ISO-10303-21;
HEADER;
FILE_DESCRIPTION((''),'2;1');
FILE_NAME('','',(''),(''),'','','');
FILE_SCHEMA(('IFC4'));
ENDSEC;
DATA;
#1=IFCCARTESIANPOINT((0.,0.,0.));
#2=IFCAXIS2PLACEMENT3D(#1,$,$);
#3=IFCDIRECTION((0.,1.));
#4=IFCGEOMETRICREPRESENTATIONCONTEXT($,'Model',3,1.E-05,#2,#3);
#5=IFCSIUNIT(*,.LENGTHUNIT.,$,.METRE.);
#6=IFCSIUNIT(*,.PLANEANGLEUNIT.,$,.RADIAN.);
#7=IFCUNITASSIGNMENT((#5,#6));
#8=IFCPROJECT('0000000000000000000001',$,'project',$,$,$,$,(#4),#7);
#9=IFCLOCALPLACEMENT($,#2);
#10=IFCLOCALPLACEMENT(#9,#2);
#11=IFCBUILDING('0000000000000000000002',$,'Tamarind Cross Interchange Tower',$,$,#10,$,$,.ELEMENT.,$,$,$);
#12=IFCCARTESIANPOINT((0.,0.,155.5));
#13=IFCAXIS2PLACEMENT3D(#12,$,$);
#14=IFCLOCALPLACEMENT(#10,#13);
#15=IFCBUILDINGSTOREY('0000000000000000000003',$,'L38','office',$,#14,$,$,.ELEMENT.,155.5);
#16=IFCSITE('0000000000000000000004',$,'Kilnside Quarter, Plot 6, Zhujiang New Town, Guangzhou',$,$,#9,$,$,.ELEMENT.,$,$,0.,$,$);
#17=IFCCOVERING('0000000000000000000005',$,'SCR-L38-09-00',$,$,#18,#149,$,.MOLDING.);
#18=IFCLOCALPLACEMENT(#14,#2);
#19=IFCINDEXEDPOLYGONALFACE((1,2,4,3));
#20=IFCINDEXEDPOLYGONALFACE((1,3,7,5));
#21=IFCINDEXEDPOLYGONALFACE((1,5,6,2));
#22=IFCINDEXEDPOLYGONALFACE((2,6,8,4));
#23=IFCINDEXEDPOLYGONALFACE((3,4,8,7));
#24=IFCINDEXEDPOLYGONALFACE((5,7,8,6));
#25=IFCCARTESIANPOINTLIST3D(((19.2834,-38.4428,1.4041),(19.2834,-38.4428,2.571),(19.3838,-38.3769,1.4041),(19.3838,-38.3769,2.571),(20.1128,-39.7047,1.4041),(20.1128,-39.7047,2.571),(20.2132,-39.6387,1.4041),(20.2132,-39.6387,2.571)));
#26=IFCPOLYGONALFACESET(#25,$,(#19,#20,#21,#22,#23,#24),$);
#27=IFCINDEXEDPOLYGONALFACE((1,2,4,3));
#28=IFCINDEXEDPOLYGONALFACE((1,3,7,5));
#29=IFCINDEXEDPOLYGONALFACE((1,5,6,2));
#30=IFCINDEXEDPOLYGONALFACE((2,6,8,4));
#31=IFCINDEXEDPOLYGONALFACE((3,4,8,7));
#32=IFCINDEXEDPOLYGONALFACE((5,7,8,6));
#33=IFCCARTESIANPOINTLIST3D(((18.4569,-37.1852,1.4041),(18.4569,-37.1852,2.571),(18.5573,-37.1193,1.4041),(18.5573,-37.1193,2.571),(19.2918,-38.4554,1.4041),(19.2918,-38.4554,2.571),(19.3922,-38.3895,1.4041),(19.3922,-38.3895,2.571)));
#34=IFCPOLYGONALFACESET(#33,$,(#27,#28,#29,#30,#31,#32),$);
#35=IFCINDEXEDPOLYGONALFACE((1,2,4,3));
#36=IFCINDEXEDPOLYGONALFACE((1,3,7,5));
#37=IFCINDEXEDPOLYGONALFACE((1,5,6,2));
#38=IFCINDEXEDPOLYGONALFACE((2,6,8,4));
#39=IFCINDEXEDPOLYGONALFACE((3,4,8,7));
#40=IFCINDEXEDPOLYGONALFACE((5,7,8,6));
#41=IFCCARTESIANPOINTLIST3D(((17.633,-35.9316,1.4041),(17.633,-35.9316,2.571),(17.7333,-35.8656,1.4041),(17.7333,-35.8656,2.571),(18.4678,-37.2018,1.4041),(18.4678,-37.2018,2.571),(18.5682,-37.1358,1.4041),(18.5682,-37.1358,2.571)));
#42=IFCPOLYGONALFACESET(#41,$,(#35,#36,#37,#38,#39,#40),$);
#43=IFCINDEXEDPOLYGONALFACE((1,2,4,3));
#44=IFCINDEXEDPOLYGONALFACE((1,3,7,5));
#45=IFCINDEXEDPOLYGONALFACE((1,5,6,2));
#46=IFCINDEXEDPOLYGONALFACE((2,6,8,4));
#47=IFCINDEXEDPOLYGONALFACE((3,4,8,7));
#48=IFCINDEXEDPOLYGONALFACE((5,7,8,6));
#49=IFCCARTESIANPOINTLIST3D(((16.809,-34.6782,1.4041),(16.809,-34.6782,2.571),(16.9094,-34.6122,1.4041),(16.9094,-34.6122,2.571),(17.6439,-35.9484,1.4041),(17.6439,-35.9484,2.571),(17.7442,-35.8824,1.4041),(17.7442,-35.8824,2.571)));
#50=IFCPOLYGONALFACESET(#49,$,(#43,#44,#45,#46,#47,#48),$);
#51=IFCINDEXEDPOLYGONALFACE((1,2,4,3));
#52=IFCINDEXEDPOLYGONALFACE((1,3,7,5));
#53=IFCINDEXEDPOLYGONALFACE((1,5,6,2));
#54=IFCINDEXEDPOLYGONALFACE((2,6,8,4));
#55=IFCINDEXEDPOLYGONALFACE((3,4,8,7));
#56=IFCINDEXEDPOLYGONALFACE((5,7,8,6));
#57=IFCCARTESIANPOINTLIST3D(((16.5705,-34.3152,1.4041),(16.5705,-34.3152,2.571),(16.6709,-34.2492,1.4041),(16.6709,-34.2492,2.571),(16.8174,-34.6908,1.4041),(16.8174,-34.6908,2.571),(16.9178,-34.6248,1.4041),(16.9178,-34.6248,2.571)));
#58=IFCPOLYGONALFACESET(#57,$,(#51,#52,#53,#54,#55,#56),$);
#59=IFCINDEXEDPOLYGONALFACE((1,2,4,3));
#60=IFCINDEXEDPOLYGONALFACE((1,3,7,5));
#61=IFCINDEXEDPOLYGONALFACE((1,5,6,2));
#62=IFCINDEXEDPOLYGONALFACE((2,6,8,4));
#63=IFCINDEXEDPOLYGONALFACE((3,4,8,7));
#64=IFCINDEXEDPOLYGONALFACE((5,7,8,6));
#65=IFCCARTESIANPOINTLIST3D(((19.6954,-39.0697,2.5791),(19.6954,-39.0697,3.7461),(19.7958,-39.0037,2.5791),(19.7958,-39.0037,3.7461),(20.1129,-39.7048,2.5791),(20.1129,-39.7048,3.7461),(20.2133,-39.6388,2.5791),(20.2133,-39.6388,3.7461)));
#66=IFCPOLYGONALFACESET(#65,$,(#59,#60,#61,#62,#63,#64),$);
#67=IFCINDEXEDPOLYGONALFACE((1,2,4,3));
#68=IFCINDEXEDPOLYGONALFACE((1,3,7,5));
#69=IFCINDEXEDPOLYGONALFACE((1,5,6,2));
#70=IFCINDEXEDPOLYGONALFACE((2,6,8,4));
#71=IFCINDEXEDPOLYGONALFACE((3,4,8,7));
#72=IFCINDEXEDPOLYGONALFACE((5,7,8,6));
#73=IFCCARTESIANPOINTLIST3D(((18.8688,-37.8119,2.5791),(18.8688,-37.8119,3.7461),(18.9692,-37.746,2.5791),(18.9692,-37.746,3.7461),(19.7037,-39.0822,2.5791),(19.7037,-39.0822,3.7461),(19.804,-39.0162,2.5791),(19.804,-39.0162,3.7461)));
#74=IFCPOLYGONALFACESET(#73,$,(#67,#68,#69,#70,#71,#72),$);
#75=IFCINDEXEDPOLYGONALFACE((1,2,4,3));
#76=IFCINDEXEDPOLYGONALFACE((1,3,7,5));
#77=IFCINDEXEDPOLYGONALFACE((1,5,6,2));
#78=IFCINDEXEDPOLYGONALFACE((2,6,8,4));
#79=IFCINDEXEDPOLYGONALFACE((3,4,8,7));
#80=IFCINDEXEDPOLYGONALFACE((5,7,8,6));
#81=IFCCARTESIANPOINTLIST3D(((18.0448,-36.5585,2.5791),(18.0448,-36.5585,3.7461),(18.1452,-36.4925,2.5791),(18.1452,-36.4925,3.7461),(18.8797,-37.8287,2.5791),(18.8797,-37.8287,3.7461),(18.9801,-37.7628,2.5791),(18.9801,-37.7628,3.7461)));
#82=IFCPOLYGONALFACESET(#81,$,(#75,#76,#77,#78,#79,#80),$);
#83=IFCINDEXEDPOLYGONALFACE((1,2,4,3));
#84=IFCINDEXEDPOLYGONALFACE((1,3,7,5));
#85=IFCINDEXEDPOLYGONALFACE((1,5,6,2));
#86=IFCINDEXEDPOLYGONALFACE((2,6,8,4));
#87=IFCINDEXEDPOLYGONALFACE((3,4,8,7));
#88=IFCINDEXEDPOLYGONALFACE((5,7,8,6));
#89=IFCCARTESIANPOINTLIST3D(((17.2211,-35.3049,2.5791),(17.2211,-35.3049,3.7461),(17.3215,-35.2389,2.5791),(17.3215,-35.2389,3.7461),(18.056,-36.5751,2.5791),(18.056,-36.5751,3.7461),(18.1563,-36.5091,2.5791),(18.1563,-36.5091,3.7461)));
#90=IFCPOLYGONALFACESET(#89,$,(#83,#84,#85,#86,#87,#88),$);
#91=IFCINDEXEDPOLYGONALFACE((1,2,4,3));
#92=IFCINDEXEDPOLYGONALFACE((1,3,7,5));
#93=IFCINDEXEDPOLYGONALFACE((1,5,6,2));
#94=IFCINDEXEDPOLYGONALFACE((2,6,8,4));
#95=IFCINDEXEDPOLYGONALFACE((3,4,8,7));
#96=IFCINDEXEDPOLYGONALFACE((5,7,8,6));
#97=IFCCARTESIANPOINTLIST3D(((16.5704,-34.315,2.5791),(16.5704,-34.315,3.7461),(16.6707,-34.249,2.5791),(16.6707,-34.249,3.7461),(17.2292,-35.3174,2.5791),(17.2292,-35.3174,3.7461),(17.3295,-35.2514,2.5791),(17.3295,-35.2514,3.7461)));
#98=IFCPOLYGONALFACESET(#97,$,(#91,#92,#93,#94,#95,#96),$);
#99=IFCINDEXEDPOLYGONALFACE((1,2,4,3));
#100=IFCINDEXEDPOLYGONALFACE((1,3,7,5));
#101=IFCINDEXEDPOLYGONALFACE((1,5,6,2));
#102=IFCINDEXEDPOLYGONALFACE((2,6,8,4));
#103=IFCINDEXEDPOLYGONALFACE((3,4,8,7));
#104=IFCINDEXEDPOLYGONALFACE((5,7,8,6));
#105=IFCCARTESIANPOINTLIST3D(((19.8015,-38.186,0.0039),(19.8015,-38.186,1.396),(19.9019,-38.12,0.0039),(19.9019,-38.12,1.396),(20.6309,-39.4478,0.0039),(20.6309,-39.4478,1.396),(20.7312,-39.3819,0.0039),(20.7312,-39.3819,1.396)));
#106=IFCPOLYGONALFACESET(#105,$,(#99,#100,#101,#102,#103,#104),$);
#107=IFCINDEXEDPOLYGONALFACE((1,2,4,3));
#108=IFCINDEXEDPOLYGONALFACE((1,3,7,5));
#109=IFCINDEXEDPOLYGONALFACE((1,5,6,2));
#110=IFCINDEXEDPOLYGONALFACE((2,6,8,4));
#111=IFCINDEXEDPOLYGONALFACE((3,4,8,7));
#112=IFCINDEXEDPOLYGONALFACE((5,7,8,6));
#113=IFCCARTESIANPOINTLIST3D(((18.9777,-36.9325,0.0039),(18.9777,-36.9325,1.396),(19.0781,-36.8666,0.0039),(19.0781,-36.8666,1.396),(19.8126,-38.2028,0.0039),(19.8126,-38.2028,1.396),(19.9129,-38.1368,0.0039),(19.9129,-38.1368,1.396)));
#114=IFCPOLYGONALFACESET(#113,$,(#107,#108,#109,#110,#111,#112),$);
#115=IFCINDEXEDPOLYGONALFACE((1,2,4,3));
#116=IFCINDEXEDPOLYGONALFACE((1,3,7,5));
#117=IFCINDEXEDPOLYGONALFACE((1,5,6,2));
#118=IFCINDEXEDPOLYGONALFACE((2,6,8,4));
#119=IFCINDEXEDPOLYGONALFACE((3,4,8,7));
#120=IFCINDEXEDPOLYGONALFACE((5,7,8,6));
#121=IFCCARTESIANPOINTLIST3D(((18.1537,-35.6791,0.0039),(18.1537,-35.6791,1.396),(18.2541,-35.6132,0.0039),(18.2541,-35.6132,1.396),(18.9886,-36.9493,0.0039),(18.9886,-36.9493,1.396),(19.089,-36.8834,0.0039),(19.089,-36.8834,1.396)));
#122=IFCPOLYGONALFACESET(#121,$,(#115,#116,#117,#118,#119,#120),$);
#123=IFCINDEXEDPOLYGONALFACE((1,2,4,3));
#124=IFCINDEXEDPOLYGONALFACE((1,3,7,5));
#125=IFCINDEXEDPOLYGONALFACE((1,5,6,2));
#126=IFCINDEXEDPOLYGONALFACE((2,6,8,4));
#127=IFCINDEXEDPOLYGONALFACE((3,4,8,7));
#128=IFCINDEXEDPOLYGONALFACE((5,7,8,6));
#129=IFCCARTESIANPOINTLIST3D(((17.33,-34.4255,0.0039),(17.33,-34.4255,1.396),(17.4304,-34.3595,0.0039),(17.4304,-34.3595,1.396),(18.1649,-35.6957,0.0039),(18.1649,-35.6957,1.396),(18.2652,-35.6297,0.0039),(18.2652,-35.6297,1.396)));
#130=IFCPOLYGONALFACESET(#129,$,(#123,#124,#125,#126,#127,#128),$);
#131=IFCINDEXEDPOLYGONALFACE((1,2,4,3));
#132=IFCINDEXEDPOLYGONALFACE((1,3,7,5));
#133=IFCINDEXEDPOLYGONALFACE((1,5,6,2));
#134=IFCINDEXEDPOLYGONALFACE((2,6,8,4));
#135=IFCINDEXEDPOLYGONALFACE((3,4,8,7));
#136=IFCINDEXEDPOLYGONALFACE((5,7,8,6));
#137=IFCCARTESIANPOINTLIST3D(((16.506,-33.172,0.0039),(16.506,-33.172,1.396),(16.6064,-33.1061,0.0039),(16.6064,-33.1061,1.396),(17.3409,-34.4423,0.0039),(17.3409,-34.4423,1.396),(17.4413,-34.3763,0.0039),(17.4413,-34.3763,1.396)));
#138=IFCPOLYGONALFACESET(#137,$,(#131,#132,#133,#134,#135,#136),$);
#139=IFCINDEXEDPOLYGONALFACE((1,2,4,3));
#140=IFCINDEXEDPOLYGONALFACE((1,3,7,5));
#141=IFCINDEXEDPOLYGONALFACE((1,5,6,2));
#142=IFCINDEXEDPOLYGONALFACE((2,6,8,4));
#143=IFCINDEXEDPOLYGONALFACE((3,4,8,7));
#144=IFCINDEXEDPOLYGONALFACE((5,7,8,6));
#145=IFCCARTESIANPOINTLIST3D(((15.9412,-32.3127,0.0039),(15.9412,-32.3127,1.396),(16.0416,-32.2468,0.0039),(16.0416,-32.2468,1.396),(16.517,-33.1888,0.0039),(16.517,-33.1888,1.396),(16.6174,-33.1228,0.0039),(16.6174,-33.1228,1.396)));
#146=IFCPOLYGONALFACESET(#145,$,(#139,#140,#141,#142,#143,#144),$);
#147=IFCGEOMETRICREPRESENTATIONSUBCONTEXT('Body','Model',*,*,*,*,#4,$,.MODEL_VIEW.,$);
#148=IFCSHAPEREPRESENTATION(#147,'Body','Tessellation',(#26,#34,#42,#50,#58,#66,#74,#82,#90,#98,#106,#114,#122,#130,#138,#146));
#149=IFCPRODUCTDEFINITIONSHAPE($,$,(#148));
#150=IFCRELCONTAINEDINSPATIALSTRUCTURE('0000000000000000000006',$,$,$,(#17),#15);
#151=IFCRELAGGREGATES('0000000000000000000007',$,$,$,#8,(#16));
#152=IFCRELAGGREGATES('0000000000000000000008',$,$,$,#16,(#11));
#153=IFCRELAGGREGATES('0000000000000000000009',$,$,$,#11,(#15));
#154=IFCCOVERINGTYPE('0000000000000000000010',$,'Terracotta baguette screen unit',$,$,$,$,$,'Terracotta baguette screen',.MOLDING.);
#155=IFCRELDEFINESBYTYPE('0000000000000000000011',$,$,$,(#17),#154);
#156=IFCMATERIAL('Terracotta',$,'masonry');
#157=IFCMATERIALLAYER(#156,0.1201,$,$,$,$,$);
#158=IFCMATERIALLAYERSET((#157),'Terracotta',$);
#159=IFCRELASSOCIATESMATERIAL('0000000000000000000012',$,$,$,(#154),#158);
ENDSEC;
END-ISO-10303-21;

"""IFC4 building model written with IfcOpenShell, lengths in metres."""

from ifc_helpers import new_model, si_unit, direction, frame, origin, origin_2d, place, context, subcontext, project, spatial, rectangle, extrude, material, layer, layer_set, type_object, element, save


model = new_model("IFC4")

# Units and contexts
model_context = context("Model", 3, precision=1e-05, world=origin(), true_north=direction((0.0, 1.0)))
body_context = subcontext(model_context, "Body", "Model", "MODEL_VIEW")
ifc_project = project(units=[si_unit("LENGTHUNIT", "METRE"), si_unit("PLANEANGLEUNIT", "RADIAN")], contexts=[model_context])

# Site, building, storey
site_placement = place(None, origin())
site = spatial("IfcSite", under=ifc_project, at=site_placement, Name="Kilnside Quarter, Plot 6, Zhujiang New Town, Guangzhou", CompositionType="ELEMENT", RefElevation=0.0)
building_placement = place(site_placement, origin())
building = spatial("IfcBuilding", under=site, at=building_placement, Name="Tamarind Cross Interchange Tower", CompositionType="ELEMENT")
storey_placement = place(building_placement, frame((0.0, 0.0, 155.5)))
storey = spatial("IfcBuildingStorey", under=building, at=storey_placement, Name="L38", Description="office", CompositionType="ELEMENT", Elevation=155.5)

# Covering
ifc_material_1 = material(Name="Terracotta", Category="masonry")
ifc_layer_1 = layer(ifc_material_1, 0.1201)
ifc_layer_set_1 = layer_set([ifc_layer_1], Name="Terracotta")
covering_type = type_object("IfcCoveringType", Name="Terracotta baguette screen unit", ElementType="Terracotta baguette screen", PredefinedType="MOLDING", material=ifc_layer_set_1)
covering_1_placement = place(storey_placement, origin())
element("IfcCovering", 1, at=covering_1_placement, inside=storey, type_object=covering_type, Name="SCR-L38-09-00", PredefinedType="MOLDING", context=body_context, shape_type="SweptSolid", body=[
    extrude(rectangle(XDim=1.51, YDim=0.1201, at=origin_2d()), frame((19.7483, -39.0408, 1.4041), z_axis=(0.0, 0.0, 1.0), x_axis=(-0.549248, 0.83566, 0.0)), (0.0, 0.0, 1.0), 1.167),
    extrude(rectangle(XDim=1.52, YDim=0.1201, at=origin_2d()), frame((18.9246, -37.7874, 1.4041), z_axis=(0.0, 0.0, 1.0), x_axis=(-0.549248, 0.83566, 0.0)), (0.0, 0.0, 1.0), 1.167),
    extrude(rectangle(XDim=1.52, YDim=0.1201, at=origin_2d()), frame((18.1006, -36.5337, 1.4041), z_axis=(0.0, 0.0, 1.0), x_axis=(-0.549248, 0.83566, 0.0)), (0.0, 0.0, 1.0), 1.167),
    extrude(rectangle(XDim=1.52, YDim=0.1201, at=origin_2d()), frame((17.2766, -35.2803, 1.4041), z_axis=(0.0, 0.0, 1.0), x_axis=(-0.549248, 0.83566, 0.0)), (0.0, 0.0, 1.0), 1.167),
    extrude(rectangle(XDim=0.4495, YDim=0.1201, at=origin_2d()), frame((16.7441, -34.47, 1.4041), z_axis=(0.0, 0.0, 1.0), x_axis=(-0.549248, 0.83566, 0.0)), (0.0, 0.0, 1.0), 1.167),
    extrude(rectangle(XDim=0.76, YDim=0.1201, at=origin_2d()), frame((19.9543, -39.3542, 2.5791), z_axis=(0.0, 0.0, 1.0), x_axis=(-0.549248, 0.83566, 0.0)), (0.0, 0.0, 1.0), 1.167),
    extrude(rectangle(XDim=1.52, YDim=0.1201, at=origin_2d()), frame((19.3364, -38.4141, 2.5791), z_axis=(0.0, 0.0, 1.0), x_axis=(-0.549248, 0.83566, 0.0)), (0.0, 0.0, 1.0), 1.167),
    extrude(rectangle(XDim=1.52, YDim=0.1201, at=origin_2d()), frame((18.5125, -37.1606, 2.5791), z_axis=(0.0, 0.0, 1.0), x_axis=(-0.549248, 0.83566, 0.0)), (0.0, 0.0, 1.0), 1.167),
    extrude(rectangle(XDim=1.52, YDim=0.1201, at=origin_2d()), frame((17.6887, -35.907, 2.5791), z_axis=(0.0, 0.0, 1.0), x_axis=(-0.549248, 0.83566, 0.0)), (0.0, 0.0, 1.0), 1.167),
    extrude(rectangle(XDim=1.1995, YDim=0.1201, at=origin_2d()), frame((16.95, -34.7832, 2.5791), z_axis=(0.0, 0.0, 1.0), x_axis=(-0.549248, 0.83566, 0.0)), (0.0, 0.0, 1.0), 1.167),
    extrude(rectangle(XDim=1.51, YDim=0.1201, at=origin_2d()), frame((20.2664, -38.7839, 0.0039), z_axis=(0.0, 0.0, 1.0), x_axis=(-0.549248, 0.83566, 0.0)), (0.0, 0.0, 1.0), 1.3921),
    extrude(rectangle(XDim=1.52, YDim=0.1201, at=origin_2d()), frame((19.4453, -37.5347, 0.0039), z_axis=(0.0, 0.0, 1.0), x_axis=(-0.549248, 0.83566, 0.0)), (0.0, 0.0, 1.0), 1.3921),
    extrude(rectangle(XDim=1.52, YDim=0.1201, at=origin_2d()), frame((18.6213, -36.2812, 0.0039), z_axis=(0.0, 0.0, 1.0), x_axis=(-0.549248, 0.83566, 0.0)), (0.0, 0.0, 1.0), 1.3921),
    extrude(rectangle(XDim=1.52, YDim=0.1201, at=origin_2d()), frame((17.7976, -35.0276, 0.0039), z_axis=(0.0, 0.0, 1.0), x_axis=(-0.549248, 0.83566, 0.0)), (0.0, 0.0, 1.0), 1.3921),
    extrude(rectangle(XDim=1.52, YDim=0.1201, at=origin_2d()), frame((16.9736, -33.7742, 0.0039), z_axis=(0.0, 0.0, 1.0), x_axis=(-0.549248, 0.83566, 0.0)), (0.0, 0.0, 1.0), 1.3921),
    extrude(rectangle(XDim=1.0483, YDim=0.1201, at=origin_2d()), frame((16.2793, -32.7178, 0.0039), z_axis=(0.0, 0.0, 1.0), x_axis=(-0.549248, 0.83566, 0.0)), (0.0, 0.0, 1.0), 1.3921),
])

save(model, "model.ifc")
